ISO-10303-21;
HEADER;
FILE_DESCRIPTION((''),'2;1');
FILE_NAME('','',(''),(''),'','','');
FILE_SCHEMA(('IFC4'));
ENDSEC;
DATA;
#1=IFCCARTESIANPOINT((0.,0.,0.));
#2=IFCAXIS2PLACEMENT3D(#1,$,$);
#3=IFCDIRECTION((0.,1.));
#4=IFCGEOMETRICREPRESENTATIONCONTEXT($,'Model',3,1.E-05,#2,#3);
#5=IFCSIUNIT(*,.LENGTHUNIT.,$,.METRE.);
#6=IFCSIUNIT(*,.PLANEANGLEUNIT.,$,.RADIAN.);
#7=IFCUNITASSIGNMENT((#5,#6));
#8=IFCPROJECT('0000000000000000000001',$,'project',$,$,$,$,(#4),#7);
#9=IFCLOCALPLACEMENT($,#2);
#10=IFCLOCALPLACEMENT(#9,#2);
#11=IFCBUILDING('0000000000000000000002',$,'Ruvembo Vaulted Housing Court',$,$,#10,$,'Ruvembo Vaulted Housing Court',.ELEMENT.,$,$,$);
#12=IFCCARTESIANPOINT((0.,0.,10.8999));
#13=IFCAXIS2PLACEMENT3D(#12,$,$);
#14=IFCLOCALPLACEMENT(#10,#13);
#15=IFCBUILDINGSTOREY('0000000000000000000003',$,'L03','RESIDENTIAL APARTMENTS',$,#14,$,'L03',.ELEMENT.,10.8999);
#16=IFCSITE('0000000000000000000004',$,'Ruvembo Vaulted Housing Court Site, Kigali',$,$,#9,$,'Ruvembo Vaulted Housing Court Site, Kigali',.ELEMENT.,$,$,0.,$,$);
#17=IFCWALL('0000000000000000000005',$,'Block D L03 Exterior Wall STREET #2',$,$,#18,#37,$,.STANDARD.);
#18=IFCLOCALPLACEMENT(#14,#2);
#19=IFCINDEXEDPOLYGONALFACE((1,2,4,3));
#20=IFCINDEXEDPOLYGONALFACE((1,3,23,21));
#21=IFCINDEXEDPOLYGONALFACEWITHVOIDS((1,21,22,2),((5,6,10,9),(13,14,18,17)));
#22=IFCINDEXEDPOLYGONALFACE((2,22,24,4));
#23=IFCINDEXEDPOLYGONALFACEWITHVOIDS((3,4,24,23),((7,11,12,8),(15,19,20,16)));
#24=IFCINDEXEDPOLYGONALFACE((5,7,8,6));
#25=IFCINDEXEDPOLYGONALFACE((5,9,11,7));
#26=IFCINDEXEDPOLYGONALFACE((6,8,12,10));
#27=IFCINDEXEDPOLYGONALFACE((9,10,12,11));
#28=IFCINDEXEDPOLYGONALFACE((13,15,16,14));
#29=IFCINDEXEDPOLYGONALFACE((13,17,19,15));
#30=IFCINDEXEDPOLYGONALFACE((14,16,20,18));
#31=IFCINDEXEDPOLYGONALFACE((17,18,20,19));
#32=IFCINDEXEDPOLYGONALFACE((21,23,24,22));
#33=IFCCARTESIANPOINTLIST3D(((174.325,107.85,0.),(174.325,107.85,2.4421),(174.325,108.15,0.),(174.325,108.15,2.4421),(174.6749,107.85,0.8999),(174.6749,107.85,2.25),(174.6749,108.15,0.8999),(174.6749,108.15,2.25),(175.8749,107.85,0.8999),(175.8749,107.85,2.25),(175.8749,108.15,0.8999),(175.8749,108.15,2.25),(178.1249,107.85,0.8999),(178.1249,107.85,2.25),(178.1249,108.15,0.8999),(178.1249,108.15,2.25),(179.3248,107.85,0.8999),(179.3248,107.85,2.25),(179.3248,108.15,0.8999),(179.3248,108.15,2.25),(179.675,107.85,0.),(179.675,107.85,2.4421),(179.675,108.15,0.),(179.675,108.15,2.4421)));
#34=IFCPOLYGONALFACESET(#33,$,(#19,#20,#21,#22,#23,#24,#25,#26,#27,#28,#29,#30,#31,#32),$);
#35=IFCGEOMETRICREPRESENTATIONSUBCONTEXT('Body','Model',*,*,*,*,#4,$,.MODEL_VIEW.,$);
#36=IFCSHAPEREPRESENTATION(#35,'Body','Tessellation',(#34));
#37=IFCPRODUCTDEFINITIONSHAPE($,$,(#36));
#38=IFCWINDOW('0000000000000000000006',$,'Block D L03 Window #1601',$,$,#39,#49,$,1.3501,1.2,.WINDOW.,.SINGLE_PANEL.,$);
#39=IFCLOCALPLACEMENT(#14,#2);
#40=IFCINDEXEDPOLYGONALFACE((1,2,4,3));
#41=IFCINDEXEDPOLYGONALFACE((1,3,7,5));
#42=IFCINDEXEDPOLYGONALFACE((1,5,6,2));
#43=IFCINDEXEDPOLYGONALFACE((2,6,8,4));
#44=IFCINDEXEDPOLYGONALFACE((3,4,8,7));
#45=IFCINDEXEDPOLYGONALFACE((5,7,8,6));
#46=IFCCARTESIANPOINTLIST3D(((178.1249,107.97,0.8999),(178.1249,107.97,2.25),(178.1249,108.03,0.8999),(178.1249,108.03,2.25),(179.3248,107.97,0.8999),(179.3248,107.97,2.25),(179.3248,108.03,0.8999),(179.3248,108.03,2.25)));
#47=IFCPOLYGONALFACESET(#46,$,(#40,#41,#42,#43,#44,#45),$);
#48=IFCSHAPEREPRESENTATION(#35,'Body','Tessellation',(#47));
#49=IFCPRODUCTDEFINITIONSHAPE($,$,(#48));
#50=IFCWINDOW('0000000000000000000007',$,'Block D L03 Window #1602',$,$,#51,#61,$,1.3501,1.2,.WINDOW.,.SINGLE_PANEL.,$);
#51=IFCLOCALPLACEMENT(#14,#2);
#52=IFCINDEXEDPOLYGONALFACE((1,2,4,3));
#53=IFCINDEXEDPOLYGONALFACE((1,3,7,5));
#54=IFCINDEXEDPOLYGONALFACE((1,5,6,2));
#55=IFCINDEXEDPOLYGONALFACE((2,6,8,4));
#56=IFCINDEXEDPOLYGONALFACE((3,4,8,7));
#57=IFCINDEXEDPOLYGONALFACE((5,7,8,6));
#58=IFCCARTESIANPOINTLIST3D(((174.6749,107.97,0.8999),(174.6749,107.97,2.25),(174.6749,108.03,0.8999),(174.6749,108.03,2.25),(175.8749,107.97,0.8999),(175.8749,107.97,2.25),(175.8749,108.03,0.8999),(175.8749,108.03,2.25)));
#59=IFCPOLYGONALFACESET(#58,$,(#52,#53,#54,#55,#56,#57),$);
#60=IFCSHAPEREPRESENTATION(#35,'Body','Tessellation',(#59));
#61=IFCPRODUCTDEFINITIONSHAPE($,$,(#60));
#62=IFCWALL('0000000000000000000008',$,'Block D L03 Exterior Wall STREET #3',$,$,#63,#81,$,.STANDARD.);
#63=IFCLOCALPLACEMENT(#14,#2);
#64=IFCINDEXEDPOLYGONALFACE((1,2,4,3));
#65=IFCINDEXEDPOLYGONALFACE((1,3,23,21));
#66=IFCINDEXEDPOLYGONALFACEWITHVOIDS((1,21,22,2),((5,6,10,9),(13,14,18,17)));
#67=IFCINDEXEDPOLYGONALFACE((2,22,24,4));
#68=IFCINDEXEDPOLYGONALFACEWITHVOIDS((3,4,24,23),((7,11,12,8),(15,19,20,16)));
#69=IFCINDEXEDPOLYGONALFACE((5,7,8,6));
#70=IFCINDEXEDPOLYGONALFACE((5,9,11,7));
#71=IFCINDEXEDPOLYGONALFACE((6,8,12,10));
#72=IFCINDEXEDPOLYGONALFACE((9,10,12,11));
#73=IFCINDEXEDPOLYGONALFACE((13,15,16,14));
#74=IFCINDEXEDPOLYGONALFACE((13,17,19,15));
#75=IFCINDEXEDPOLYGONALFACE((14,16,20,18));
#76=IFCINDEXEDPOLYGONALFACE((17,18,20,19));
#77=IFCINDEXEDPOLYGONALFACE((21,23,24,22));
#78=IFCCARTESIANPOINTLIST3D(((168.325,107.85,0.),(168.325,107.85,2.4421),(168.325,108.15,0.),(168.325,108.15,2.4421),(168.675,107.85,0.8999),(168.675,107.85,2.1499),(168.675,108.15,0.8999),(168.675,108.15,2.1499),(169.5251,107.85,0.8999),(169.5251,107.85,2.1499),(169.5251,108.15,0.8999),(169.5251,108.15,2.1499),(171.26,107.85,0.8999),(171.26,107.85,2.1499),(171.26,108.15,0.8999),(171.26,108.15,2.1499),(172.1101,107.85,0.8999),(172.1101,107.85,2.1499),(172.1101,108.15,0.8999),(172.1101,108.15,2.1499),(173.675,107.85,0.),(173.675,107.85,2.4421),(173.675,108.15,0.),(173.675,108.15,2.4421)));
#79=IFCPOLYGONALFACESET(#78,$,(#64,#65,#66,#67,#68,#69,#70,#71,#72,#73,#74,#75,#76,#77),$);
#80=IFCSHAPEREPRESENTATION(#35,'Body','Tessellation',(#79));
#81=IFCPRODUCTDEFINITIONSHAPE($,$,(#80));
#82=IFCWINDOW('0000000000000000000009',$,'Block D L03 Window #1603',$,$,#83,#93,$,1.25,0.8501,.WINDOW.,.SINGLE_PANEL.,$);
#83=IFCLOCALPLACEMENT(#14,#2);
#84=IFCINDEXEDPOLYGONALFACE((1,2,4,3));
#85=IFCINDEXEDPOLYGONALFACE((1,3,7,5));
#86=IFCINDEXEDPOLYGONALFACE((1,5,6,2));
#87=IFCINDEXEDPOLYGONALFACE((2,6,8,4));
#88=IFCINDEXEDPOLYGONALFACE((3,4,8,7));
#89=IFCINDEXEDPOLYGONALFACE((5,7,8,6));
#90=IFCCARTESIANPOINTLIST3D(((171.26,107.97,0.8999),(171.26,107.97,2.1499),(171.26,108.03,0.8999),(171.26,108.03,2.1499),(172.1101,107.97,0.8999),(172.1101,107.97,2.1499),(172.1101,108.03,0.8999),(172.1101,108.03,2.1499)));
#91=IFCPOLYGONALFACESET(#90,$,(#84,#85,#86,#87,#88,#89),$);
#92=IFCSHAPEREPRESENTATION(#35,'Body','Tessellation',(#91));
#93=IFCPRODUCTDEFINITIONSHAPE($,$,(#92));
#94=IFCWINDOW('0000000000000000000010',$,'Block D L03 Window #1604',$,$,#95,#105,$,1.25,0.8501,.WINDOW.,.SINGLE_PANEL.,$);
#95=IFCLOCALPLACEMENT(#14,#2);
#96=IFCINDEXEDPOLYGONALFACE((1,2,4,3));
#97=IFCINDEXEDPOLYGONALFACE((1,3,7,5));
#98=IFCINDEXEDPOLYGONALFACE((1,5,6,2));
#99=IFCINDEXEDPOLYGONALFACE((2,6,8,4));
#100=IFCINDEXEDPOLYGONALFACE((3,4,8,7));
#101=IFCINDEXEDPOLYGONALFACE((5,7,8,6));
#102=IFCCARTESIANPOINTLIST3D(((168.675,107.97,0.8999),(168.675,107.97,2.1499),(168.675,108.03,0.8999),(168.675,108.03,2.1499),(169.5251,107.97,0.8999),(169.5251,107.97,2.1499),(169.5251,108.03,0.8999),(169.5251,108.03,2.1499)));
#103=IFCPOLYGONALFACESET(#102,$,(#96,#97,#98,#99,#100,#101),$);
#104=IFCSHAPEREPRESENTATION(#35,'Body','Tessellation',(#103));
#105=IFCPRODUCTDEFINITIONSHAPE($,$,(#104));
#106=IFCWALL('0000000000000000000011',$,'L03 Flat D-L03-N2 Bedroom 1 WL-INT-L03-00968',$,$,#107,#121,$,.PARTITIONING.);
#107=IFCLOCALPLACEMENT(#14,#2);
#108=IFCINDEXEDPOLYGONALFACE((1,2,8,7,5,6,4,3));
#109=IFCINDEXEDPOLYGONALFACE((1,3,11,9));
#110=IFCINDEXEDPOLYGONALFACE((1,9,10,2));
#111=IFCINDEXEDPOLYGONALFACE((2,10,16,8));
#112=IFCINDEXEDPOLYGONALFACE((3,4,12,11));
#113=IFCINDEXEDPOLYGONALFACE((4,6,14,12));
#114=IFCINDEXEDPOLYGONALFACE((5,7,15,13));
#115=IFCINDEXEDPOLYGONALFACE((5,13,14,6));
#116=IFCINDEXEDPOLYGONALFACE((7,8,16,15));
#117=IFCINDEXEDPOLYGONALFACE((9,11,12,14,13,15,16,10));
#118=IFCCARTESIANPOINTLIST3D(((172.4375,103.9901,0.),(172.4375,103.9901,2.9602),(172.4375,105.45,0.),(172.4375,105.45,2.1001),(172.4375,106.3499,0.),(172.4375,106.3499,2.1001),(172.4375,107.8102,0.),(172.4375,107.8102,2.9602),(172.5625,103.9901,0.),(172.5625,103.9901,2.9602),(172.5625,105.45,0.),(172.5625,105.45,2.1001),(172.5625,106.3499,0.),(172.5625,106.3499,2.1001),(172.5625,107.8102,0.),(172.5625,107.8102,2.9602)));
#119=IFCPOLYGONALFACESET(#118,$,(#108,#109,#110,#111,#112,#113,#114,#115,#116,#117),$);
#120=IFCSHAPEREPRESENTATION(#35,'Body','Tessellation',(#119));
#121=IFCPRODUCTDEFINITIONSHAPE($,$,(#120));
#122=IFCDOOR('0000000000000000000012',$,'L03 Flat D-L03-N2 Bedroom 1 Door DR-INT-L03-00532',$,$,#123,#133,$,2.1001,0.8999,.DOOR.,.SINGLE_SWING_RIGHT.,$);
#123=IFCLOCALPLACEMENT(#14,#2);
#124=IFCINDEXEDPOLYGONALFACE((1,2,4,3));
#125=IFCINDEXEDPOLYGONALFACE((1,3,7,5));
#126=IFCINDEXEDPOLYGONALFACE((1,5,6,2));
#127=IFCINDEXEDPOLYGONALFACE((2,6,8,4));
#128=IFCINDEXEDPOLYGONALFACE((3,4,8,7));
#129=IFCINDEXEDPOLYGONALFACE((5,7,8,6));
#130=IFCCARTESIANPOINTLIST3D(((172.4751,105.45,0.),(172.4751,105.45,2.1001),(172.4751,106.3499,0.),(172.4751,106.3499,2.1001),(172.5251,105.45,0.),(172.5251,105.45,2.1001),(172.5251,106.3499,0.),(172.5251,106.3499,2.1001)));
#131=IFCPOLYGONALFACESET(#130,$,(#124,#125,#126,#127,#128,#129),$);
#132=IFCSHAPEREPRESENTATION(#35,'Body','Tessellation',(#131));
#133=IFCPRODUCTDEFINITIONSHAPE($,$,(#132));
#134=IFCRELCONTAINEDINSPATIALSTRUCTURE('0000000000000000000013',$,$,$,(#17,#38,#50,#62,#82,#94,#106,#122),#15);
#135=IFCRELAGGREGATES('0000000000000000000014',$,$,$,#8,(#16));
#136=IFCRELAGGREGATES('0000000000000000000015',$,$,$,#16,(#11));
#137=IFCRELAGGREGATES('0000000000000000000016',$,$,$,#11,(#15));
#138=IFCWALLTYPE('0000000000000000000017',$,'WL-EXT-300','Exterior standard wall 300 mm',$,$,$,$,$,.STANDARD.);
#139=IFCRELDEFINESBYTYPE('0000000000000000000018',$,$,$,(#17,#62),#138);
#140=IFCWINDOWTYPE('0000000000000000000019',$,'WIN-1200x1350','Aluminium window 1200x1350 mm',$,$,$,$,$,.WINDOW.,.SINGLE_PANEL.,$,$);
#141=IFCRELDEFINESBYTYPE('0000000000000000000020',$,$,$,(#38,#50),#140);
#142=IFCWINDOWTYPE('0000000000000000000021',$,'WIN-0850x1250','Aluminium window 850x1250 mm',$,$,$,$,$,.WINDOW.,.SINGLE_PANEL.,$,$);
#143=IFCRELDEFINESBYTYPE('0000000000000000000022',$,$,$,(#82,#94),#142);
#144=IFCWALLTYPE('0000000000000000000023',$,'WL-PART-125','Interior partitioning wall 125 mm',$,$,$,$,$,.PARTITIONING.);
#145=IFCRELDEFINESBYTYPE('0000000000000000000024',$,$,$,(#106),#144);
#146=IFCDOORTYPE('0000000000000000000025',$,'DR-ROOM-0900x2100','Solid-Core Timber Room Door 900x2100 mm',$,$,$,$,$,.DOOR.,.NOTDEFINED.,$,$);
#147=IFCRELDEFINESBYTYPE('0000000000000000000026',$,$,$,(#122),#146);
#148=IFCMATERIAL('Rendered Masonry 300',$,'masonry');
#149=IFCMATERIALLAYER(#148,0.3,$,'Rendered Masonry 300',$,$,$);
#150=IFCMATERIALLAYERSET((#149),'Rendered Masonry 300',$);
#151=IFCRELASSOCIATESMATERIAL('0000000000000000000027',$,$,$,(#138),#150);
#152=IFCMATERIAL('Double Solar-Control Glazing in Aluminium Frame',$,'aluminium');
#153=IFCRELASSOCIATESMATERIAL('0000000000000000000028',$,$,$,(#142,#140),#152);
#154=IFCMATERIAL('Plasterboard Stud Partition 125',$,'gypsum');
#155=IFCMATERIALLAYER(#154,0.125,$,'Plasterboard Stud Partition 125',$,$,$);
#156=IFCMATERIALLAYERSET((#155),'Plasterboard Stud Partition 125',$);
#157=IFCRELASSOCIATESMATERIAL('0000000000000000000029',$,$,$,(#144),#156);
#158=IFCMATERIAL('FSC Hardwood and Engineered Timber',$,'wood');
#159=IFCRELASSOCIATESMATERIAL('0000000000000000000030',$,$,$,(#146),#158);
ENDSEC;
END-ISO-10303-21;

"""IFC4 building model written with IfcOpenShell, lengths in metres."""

from ifc_helpers import new_model, si_unit, direction, frame, frame_2d, origin, place, context, subcontext, project, spatial, rectangle, extrude, material, layer, layer_set, type_object, element, fill, save


model = new_model("IFC4")

# Units and contexts
model_context = context("Model", 3, precision=1e-05, world=origin(), true_north=direction((0.0, 1.0)))
body_context = subcontext(model_context, "Body", "Model", "MODEL_VIEW")
ifc_project = project(units=[si_unit("LENGTHUNIT", "METRE"), si_unit("PLANEANGLEUNIT", "RADIAN")], contexts=[model_context])

# Site, building, storey
site_placement = place(None, origin())
site = spatial("IfcSite", under=ifc_project, at=site_placement, Name="Ruvembo Vaulted Housing Court Site, Kigali", LongName="Ruvembo Vaulted Housing Court Site, Kigali", CompositionType="ELEMENT", RefElevation=0.0)
building_placement = place(site_placement, origin())
building = spatial("IfcBuilding", under=site, at=building_placement, Name="Ruvembo Vaulted Housing Court", LongName="Ruvembo Vaulted Housing Court", CompositionType="ELEMENT")
storey_placement = place(building_placement, frame((0.0, 0.0, 10.8999)))
storey = spatial("IfcBuildingStorey", under=building, at=storey_placement, Name="L03", Description="RESIDENTIAL APARTMENTS", LongName="L03", CompositionType="ELEMENT", Elevation=10.8999)

# Walls, openings, windows
ifc_material_1 = material(Name="Rendered Masonry 300", Category="masonry")
ifc_layer_1 = layer(ifc_material_1, 0.3, Name="Rendered Masonry 300")
ifc_layer_set_1 = layer_set([ifc_layer_1], Name="Rendered Masonry 300")
wall_type_1 = type_object("IfcWallType", Name="WL-EXT-300", Description="Exterior standard wall 300 mm", PredefinedType="STANDARD", material=ifc_layer_set_1)
ifc_material_2 = material(Name="Double Solar-Control Glazing in Aluminium Frame", Category="aluminium")
window_type_1 = type_object("IfcWindowType", Name="WIN-0850x1250", Description="Aluminium window 850x1250 mm", PartitioningType="SINGLE_PANEL", PredefinedType="WINDOW", material=ifc_material_2)
wall_1_placement = place(storey_placement, frame((179.675, 108.0, 0.0), z_axis=(0.0, 0.0, 1.0), x_axis=(-1.0, 0.0, 0.0)))
wall_1 = element("IfcWall", 1, at=wall_1_placement, inside=storey, type_object=wall_type_1, Name="Block D L03 Exterior Wall STREET #2", PredefinedType="STANDARD", context=body_context, shape_type="SweptSolid", body=[
    extrude(rectangle(XDim=5.3501, YDim=0.3, at=frame_2d((2.675, 0.0))), origin(), (0.0, 0.0, 1.0), 2.4421),
])
opening_1_placement = place(wall_1_placement, frame((0.3501, 0.0, 0.8999)))
opening_1 = element("IfcOpeningElement", 2, at=opening_1_placement, cuts=wall_1, PredefinedType="OPENING", context=body_context, shape_type="SweptSolid", body=[
    extrude(rectangle(XDim=1.2, YDim=1.3501, at=frame_2d((0.6001, 0.675))), frame((0.0, 0.1599, 0.0), z_axis=(0.0, -1.0, 0.0), x_axis=(1.0, 0.0, 0.0)), (0.0, 0.0, 1.0), 0.3201),
])
opening_2_placement = place(wall_1_placement, frame((3.8, 0.0, 0.8999)))
opening_2 = element("IfcOpeningElement", 3, at=opening_2_placement, cuts=wall_1, PredefinedType="OPENING", context=body_context, shape_type="SweptSolid", body=[
    extrude(rectangle(XDim=1.2, YDim=1.3501, at=frame_2d((0.6001, 0.675))), frame((0.0, 0.1599, 0.0), z_axis=(0.0, -1.0, 0.0), x_axis=(1.0, 0.0, 0.0)), (0.0, 0.0, 1.0), 0.3201),
])
window_type_2 = type_object("IfcWindowType", Name="WIN-1200x1350", Description="Aluminium window 1200x1350 mm", PartitioningType="SINGLE_PANEL", PredefinedType="WINDOW", material=ifc_material_2)
window_1_placement = place(opening_1_placement, origin())
window_1 = element("IfcWindow", 4, at=window_1_placement, inside=storey, type_object=window_type_2, Name="Block D L03 Window #1601", OverallHeight=1.3501, OverallWidth=1.2, PartitioningType="SINGLE_PANEL", PredefinedType="WINDOW", context=body_context, shape_type="SweptSolid", body=[
    extrude(rectangle(XDim=1.2, YDim=1.3501, at=frame_2d((0.6001, 0.675))), frame((0.0, 0.03, 0.0), z_axis=(0.0, -1.0, 0.0), x_axis=(1.0, 0.0, 0.0)), (0.0, 0.0, 1.0), 0.0601),
])
fill(opening_1, window_1)
window_2_placement = place(opening_2_placement, origin())
window_2 = element("IfcWindow", 5, at=window_2_placement, inside=storey, type_object=window_type_2, Name="Block D L03 Window #1602", OverallHeight=1.3501, OverallWidth=1.2, PartitioningType="SINGLE_PANEL", PredefinedType="WINDOW", context=body_context, shape_type="SweptSolid", body=[
    extrude(rectangle(XDim=1.2, YDim=1.3501, at=frame_2d((0.6001, 0.675))), frame((0.0, 0.03, 0.0), z_axis=(0.0, -1.0, 0.0), x_axis=(1.0, 0.0, 0.0)), (0.0, 0.0, 1.0), 0.0601),
])
fill(opening_2, window_2)
wall_2_placement = place(storey_placement, frame((173.675, 108.0, 0.0), z_axis=(0.0, 0.0, 1.0), x_axis=(-1.0, 0.0, 0.0)))
wall_2 = element("IfcWall", 6, at=wall_2_placement, inside=storey, type_object=wall_type_1, Name="Block D L03 Exterior Wall STREET #3", PredefinedType="STANDARD", context=body_context, shape_type="SweptSolid", body=[
    extrude(rectangle(XDim=5.3501, YDim=0.3, at=frame_2d((2.675, 0.0))), origin(), (0.0, 0.0, 1.0), 2.4421),
])
opening_3_placement = place(wall_2_placement, frame((1.5649, 0.0, 0.8999)))
opening_3 = element("IfcOpeningElement", 7, at=opening_3_placement, cuts=wall_2, PredefinedType="OPENING", context=body_context, shape_type="SweptSolid", body=[
    extrude(rectangle(XDim=0.8501, YDim=1.25, at=frame_2d((0.425, 0.625))), frame((0.0, 0.1599, 0.0), z_axis=(0.0, -1.0, 0.0), x_axis=(1.0, 0.0, 0.0)), (0.0, 0.0, 1.0), 0.3201),
])
opening_4_placement = place(wall_2_placement, frame((4.1499, 0.0, 0.8999)))
opening_4 = element("IfcOpeningElement", 8, at=opening_4_placement, cuts=wall_2, PredefinedType="OPENING", context=body_context, shape_type="SweptSolid", body=[
    extrude(rectangle(XDim=0.8501, YDim=1.25, at=frame_2d((0.425, 0.625))), frame((0.0, 0.1599, 0.0), z_axis=(0.0, -1.0, 0.0), x_axis=(1.0, 0.0, 0.0)), (0.0, 0.0, 1.0), 0.3201),
])
window_3_placement = place(opening_3_placement, origin())
window_3 = element("IfcWindow", 9, at=window_3_placement, inside=storey, type_object=window_type_1, Name="Block D L03 Window #1603", OverallHeight=1.25, OverallWidth=0.8501, PartitioningType="SINGLE_PANEL", PredefinedType="WINDOW", context=body_context, shape_type="SweptSolid", body=[
    extrude(rectangle(XDim=0.8501, YDim=1.25, at=frame_2d((0.425, 0.625))), frame((0.0, 0.03, 0.0), z_axis=(0.0, -1.0, 0.0), x_axis=(1.0, 0.0, 0.0)), (0.0, 0.0, 1.0), 0.0601),
])
fill(opening_3, window_3)
window_4_placement = place(opening_4_placement, origin())
window_4 = element("IfcWindow", 10, at=window_4_placement, inside=storey, type_object=window_type_1, Name="Block D L03 Window #1604", OverallHeight=1.25, OverallWidth=0.8501, PartitioningType="SINGLE_PANEL", PredefinedType="WINDOW", context=body_context, shape_type="SweptSolid", body=[
    extrude(rectangle(XDim=0.8501, YDim=1.25, at=frame_2d((0.425, 0.625))), frame((0.0, 0.03, 0.0), z_axis=(0.0, -1.0, 0.0), x_axis=(1.0, 0.0, 0.0)), (0.0, 0.0, 1.0), 0.0601),
])
fill(opening_4, window_4)

# Wall, opening, door
ifc_material_3 = material(Name="Plasterboard Stud Partition 125", Category="gypsum")
ifc_layer_2 = layer(ifc_material_3, 0.125, Name="Plasterboard Stud Partition 125")
ifc_layer_set_2 = layer_set([ifc_layer_2], Name="Plasterboard Stud Partition 125")
wall_type_2 = type_object("IfcWallType", Name="WL-PART-125", Description="Interior partitioning wall 125 mm", PredefinedType="PARTITIONING", material=ifc_layer_set_2)
wall_3_placement = place(storey_placement, frame((172.5, 103.99, 0.0), z_axis=(0.0, 0.0, 1.0), x_axis=(0.0, 1.0, 0.0)))
wall_3 = element("IfcWall", 11, at=wall_3_placement, inside=storey, type_object=wall_type_2, Name="L03 Flat D-L03-N2 Bedroom 1 WL-INT-L03-00968", PredefinedType="PARTITIONING", context=body_context, shape_type="SweptSolid", body=[
    extrude(rectangle(XDim=3.8201, YDim=0.125, at=frame_2d((1.9102, 0.0))), origin(), (0.0, 0.0, 1.0), 2.9602),
])
opening_5_placement = place(wall_3_placement, frame((1.46, 0.0, 0.0)))
opening_5 = element("IfcOpeningElement", 12, at=opening_5_placement, cuts=wall_3, PredefinedType="OPENING", context=body_context, shape_type="SweptSolid", body=[
    extrude(rectangle(XDim=0.8999, YDim=2.1001, at=frame_2d((0.45, 1.05))), frame((0.0, 0.0725, 0.0), z_axis=(0.0, -1.0, 0.0), x_axis=(1.0, 0.0, 0.0)), (0.0, 0.0, 1.0), 0.145),
])
ifc_material_4 = material(Name="FSC Hardwood and Engineered Timber", Category="wood")
door_type = type_object("IfcDoorType", Name="DR-ROOM-0900x2100", Description="Solid-Core Timber Room Door 900x2100 mm", OperationType="NOTDEFINED", PredefinedType="DOOR", material=ifc_material_4)
door_placement = place(opening_5_placement, origin())
door = element("IfcDoor", 13, at=door_placement, inside=storey, type_object=door_type, Name="L03 Flat D-L03-N2 Bedroom 1 Door DR-INT-L03-00532", OperationType="SINGLE_SWING_RIGHT", OverallHeight=2.1001, OverallWidth=0.8999, PredefinedType="DOOR", context=body_context, shape_type="SweptSolid", body=[
    extrude(rectangle(XDim=0.8999, YDim=2.1001, at=frame_2d((0.45, 1.05))), frame((0.0, 0.0249, 0.0), z_axis=(0.0, -1.0, 0.0), x_axis=(1.0, 0.0, 0.0)), (0.0, 0.0, 1.0), 0.05),
])
fill(opening_5, door)

save(model, "model.ifc")
